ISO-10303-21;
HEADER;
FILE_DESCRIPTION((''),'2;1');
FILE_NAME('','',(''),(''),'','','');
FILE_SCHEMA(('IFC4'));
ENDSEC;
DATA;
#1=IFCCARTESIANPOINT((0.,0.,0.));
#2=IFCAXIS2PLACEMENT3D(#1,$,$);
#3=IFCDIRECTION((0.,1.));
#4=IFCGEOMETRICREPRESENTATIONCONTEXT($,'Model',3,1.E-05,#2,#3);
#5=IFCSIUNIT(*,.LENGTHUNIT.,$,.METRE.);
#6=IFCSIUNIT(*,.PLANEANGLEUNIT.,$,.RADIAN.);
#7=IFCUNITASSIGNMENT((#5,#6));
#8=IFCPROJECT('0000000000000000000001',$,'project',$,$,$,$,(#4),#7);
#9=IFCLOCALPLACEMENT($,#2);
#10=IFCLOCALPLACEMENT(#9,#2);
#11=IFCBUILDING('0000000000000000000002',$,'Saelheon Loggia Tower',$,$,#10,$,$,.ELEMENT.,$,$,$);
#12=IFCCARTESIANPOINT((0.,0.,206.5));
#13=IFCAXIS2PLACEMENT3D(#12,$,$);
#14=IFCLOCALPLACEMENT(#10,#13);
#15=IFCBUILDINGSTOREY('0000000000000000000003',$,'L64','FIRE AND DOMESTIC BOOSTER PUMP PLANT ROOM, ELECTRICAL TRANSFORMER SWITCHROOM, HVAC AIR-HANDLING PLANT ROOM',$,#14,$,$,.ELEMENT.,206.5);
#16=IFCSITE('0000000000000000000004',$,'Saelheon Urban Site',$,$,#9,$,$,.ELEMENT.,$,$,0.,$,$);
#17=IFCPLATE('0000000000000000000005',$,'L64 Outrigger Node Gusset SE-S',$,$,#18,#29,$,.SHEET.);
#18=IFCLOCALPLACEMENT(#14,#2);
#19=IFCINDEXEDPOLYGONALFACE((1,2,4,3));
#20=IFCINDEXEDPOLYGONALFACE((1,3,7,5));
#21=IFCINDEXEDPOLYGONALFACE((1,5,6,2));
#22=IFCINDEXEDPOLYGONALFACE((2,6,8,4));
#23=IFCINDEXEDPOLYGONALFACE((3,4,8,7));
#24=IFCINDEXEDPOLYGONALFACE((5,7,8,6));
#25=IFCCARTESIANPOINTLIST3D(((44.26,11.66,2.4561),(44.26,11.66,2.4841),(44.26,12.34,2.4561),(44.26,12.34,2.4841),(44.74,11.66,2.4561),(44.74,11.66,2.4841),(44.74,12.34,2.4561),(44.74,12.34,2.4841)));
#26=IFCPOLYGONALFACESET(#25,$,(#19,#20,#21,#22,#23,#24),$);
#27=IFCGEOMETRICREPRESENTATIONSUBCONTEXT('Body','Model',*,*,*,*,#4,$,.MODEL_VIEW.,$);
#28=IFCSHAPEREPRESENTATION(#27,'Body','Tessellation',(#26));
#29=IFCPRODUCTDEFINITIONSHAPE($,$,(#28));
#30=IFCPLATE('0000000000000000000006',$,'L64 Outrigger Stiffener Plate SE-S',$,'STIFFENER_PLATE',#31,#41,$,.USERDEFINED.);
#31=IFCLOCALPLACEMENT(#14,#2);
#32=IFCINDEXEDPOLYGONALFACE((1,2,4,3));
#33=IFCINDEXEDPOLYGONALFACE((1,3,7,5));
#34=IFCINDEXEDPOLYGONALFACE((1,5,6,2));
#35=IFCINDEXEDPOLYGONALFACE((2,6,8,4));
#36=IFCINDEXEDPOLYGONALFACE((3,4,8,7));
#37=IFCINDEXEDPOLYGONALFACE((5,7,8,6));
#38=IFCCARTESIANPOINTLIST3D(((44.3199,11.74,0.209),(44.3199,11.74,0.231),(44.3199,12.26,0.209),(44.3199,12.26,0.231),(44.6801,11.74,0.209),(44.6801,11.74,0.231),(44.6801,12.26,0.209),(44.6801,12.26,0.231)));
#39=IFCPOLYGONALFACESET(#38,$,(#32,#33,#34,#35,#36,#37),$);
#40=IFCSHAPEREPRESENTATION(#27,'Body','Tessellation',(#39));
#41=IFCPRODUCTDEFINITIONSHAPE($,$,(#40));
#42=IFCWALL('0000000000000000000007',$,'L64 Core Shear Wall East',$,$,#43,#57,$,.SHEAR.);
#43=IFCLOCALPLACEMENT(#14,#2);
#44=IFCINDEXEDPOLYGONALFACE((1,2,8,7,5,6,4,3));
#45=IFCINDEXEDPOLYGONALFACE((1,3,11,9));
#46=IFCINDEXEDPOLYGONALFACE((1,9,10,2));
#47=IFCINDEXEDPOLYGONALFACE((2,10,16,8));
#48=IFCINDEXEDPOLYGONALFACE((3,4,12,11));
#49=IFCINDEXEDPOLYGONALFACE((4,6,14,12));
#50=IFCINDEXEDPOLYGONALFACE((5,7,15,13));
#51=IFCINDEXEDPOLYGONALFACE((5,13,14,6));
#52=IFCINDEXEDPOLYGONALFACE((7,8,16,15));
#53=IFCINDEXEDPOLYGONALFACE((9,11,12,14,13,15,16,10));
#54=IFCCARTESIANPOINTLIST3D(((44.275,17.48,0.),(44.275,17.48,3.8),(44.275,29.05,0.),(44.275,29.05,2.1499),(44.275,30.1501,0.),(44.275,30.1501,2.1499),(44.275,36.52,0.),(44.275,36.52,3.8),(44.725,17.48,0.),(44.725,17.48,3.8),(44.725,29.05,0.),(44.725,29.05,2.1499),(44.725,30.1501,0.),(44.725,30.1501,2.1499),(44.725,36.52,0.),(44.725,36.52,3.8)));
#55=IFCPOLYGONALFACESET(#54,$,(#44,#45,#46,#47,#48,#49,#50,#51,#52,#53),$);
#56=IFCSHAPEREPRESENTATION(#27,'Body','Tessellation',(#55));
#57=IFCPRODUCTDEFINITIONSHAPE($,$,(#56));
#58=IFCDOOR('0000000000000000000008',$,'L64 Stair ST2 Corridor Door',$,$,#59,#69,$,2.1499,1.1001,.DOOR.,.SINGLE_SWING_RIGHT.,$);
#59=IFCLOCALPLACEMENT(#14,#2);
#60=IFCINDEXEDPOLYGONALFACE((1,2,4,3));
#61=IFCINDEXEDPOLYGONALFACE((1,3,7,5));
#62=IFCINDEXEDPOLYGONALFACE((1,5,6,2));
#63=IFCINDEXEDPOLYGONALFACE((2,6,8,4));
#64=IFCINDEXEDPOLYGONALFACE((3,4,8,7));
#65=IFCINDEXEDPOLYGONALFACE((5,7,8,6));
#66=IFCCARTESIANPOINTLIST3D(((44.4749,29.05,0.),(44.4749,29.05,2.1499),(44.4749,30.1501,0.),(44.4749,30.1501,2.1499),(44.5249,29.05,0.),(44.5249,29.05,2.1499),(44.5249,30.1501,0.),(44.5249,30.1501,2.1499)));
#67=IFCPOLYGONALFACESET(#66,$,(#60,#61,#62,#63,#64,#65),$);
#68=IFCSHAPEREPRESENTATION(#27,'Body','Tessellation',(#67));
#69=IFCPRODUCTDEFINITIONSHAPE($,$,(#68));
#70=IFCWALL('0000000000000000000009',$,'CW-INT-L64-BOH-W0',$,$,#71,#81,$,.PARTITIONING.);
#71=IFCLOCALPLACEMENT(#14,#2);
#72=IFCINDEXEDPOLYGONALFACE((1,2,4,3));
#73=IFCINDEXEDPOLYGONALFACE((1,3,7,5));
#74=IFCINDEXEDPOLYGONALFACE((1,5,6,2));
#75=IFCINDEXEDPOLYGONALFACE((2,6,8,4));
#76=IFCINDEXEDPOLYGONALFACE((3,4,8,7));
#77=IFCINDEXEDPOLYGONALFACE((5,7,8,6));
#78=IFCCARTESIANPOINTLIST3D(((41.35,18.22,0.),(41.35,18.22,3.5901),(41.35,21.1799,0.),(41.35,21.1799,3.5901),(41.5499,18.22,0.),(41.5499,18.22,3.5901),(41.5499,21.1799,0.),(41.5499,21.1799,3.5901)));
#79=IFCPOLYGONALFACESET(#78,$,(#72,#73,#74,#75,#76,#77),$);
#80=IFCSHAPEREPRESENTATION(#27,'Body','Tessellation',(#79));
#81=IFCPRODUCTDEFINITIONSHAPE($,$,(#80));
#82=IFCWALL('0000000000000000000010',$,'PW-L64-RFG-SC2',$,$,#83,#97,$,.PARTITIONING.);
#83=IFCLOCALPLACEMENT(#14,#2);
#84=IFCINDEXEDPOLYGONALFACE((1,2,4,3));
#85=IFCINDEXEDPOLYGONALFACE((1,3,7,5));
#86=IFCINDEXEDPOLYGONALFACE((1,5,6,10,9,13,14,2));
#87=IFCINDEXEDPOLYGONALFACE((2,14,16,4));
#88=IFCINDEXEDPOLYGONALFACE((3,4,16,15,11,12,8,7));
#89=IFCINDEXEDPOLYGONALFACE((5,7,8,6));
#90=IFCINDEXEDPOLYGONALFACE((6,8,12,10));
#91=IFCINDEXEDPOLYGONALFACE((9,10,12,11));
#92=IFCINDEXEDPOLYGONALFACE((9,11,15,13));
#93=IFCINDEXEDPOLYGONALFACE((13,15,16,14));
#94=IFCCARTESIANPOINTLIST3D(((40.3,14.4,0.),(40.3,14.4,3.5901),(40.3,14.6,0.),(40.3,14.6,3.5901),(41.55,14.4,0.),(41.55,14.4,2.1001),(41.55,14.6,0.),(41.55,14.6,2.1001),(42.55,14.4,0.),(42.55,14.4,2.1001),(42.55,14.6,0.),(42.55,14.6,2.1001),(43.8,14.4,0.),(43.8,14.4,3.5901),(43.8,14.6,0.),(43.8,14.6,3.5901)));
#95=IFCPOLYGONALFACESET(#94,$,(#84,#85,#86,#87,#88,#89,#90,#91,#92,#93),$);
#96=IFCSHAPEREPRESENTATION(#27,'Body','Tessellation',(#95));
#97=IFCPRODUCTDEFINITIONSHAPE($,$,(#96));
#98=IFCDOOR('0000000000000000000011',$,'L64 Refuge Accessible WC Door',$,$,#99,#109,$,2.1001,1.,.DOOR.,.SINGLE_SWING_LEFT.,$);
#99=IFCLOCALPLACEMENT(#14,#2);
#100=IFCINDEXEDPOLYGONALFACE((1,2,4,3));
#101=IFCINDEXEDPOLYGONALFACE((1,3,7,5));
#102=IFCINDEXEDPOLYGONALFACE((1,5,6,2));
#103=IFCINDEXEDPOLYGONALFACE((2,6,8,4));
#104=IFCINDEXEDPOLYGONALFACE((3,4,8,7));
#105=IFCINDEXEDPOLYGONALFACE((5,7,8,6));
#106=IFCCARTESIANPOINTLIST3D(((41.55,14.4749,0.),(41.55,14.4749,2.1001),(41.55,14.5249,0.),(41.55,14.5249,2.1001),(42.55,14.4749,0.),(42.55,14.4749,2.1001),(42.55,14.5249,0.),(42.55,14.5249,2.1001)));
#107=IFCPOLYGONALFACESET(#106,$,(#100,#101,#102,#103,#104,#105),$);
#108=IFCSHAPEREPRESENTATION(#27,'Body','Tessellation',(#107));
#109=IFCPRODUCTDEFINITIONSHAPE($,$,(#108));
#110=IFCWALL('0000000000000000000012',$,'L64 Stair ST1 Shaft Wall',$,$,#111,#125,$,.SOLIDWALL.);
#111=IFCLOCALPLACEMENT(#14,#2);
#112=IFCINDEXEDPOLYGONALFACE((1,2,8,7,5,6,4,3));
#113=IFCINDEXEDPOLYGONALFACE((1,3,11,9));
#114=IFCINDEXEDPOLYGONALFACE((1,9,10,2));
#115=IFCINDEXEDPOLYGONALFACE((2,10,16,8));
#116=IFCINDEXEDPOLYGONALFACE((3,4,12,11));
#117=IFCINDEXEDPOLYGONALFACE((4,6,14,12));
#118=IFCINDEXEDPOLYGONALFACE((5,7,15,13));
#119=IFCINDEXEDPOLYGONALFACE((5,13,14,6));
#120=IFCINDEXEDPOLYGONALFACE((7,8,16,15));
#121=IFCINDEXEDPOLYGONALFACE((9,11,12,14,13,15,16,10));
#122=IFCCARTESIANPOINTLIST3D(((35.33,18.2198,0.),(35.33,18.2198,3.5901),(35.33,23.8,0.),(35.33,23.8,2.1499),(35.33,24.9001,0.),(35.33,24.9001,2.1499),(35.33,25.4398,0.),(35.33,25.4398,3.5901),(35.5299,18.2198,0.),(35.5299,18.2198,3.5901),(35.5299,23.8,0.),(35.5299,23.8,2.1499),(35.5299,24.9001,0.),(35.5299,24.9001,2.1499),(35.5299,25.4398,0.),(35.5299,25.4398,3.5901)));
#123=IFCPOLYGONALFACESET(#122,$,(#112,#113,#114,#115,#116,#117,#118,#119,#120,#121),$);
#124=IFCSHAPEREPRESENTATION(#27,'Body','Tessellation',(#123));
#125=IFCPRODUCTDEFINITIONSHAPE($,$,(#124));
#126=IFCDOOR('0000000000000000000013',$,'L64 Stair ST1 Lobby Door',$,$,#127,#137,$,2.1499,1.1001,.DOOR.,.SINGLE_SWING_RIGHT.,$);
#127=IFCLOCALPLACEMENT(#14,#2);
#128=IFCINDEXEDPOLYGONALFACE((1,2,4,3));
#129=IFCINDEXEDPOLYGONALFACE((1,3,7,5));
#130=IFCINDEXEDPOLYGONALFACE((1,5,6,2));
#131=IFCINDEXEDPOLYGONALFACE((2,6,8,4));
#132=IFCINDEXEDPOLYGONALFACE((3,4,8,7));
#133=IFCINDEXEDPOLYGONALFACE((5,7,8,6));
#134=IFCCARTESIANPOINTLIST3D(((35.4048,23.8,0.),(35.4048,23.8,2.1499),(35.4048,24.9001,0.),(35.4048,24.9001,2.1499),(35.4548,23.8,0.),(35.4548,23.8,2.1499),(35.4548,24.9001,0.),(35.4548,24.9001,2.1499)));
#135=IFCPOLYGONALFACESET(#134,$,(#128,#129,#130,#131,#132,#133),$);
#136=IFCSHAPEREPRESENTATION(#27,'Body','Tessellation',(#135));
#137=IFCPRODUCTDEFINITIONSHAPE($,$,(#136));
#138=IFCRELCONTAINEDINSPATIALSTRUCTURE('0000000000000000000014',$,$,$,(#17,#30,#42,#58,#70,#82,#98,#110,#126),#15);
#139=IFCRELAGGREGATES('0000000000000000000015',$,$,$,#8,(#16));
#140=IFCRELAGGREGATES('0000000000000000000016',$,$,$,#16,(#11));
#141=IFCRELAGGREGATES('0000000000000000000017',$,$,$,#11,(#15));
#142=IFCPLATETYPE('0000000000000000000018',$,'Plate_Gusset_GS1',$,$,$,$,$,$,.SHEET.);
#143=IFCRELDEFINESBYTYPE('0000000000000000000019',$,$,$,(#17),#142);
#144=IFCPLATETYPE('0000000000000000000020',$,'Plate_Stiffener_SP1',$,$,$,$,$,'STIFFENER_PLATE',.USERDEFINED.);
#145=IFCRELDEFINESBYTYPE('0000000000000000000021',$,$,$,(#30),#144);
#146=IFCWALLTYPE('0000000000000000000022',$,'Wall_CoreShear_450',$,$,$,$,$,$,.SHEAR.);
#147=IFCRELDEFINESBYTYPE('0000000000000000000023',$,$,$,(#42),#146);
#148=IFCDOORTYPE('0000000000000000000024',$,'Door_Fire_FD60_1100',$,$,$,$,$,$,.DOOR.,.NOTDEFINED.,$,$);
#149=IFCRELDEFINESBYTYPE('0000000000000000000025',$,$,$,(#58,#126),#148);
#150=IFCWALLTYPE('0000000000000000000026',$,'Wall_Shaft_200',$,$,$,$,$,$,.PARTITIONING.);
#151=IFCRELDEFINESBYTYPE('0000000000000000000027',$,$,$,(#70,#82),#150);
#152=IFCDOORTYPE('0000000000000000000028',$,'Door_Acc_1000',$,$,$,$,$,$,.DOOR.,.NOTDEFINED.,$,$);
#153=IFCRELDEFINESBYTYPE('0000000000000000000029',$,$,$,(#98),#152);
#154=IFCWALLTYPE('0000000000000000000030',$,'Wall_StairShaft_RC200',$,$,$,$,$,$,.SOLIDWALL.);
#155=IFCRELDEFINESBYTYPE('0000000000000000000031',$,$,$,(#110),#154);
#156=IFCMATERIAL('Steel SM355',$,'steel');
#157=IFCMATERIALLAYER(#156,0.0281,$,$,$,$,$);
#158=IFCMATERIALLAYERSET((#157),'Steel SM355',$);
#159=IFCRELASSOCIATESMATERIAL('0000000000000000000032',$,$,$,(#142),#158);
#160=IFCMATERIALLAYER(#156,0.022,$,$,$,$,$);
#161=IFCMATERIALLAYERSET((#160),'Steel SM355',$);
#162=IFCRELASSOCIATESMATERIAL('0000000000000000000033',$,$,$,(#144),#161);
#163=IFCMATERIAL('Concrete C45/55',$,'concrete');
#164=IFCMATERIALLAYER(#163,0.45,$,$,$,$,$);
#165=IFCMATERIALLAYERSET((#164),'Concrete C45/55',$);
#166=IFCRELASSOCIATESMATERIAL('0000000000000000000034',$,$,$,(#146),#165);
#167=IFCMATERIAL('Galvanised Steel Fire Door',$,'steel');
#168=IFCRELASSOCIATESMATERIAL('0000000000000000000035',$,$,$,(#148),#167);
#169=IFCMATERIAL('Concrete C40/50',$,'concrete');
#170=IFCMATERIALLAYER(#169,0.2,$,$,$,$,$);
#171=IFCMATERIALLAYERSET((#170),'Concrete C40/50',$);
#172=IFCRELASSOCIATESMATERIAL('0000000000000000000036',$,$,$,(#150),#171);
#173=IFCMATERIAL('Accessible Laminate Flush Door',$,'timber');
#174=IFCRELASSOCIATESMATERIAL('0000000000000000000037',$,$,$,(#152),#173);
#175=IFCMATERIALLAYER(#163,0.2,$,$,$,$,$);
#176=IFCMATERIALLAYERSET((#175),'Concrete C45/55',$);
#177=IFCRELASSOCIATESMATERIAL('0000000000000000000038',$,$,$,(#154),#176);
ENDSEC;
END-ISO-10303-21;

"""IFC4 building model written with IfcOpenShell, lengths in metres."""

from ifc_helpers import new_model, si_unit, direction, frame, frame_2d, origin, origin_2d, place, context, subcontext, project, spatial, rectangle, extrude, source, transform, mapped, material, layer, layer_set, type_object, element, fill, save


model = new_model("IFC4")

# Units and contexts
model_context = context("Model", 3, precision=1e-05, world=origin(), true_north=direction((0.0, 1.0)))
body_context = subcontext(model_context, "Body", "Model", "MODEL_VIEW")
ifc_project = project(units=[si_unit("LENGTHUNIT", "METRE"), si_unit("PLANEANGLEUNIT", "RADIAN")], contexts=[model_context])

# Site, building, storey
site_placement = place(None, origin())
site = spatial("IfcSite", under=ifc_project, at=site_placement, Name="Saelheon Urban Site", CompositionType="ELEMENT", RefElevation=0.0)
building_placement = place(site_placement, origin())
building = spatial("IfcBuilding", under=site, at=building_placement, Name="Saelheon Loggia Tower", CompositionType="ELEMENT")
storey_placement = place(building_placement, frame((0.0, 0.0, 206.5)))
storey = spatial("IfcBuildingStorey", under=building, at=storey_placement, Name="L64", Description="FIRE AND DOMESTIC BOOSTER PUMP PLANT ROOM, ELECTRICAL TRANSFORMER SWITCHROOM, HVAC AIR-HANDLING PLANT ROOM", CompositionType="ELEMENT", Elevation=206.5)

# Plates
ifc_material_1 = material(Name="Steel SM355", Category="steel")
ifc_layer_1 = layer(ifc_material_1, 0.0281)
ifc_layer_set_1 = layer_set([ifc_layer_1], Name="Steel SM355")
plate_type_1 = type_object("IfcPlateType", Name="Plate_Gusset_GS1", PredefinedType="SHEET", material=ifc_layer_set_1)
shared_shape_1 = source(origin(), body_context, "Body", "SweptSolid", [
    extrude(rectangle(XDim=0.6799, YDim=0.48, at=origin_2d()), origin(), (0.0, 0.0, 1.0), 0.0281),
])
plate_1_placement = place(storey_placement, frame((44.5, 12.0, 2.4561), z_axis=(0.0, 0.0, 1.0), x_axis=(0.0, 1.0, 0.0)))
element("IfcPlate", 1, at=plate_1_placement, inside=storey, type_object=plate_type_1, Name="L64 Outrigger Node Gusset SE-S", PredefinedType="SHEET", context=body_context, shape_type="MappedRepresentation", body=[
    mapped(shared_shape_1, transform((0.0, 0.0, 0.0), scale=1.0)),
])
ifc_layer_2 = layer(ifc_material_1, 0.022)
ifc_layer_set_2 = layer_set([ifc_layer_2], Name="Steel SM355")
plate_type_2 = type_object("IfcPlateType", Name="Plate_Stiffener_SP1", ElementType="STIFFENER_PLATE", PredefinedType="USERDEFINED", material=ifc_layer_set_2)
shared_shape_2 = source(origin(), body_context, "Body", "SweptSolid", [
    extrude(rectangle(XDim=0.52, YDim=0.3601, at=origin_2d()), origin(), (0.0, 0.0, 1.0), 0.022),
])
plate_2_placement = place(storey_placement, frame((44.5, 12.0, 0.209), z_axis=(0.0, 0.0, 1.0), x_axis=(0.0, 1.0, 0.0)))
element("IfcPlate", 2, at=plate_2_placement, inside=storey, type_object=plate_type_2, Name="L64 Outrigger Stiffener Plate SE-S", ObjectType="STIFFENER_PLATE", PredefinedType="USERDEFINED", context=body_context, shape_type="MappedRepresentation", body=[
    mapped(shared_shape_2, transform((0.0, 0.0, 0.0), scale=1.0)),
])

# Wall, opening, door
ifc_material_2 = material(Name="Concrete C45/55", Category="concrete")
ifc_layer_3 = layer(ifc_material_2, 0.45)
ifc_layer_set_3 = layer_set([ifc_layer_3], Name="Concrete C45/55")
wall_type_1 = type_object("IfcWallType", Name="Wall_CoreShear_450", PredefinedType="SHEAR", material=ifc_layer_set_3)
wall_1_placement = place(storey_placement, frame((44.5, 17.48, 0.0), z_axis=(0.0, 0.0, 1.0), x_axis=(0.0, 1.0, 0.0)))
wall_1 = element("IfcWall", 3, at=wall_1_placement, inside=storey, type_object=wall_type_1, Name="L64 Core Shear Wall East", PredefinedType="SHEAR", context=body_context, shape_type="SweptSolid", body=[
    extrude(rectangle(XDim=19.04, YDim=0.45, at=frame_2d((9.52, 0.0))), origin(), (0.0, 0.0, 1.0), 3.8),
])
opening_1_placement = place(wall_1_placement, frame((12.6702, 0.0, 0.0), z_axis=(0.0, 0.0, 1.0), x_axis=(-1.0, 0.0, 0.0)))
opening_1 = element("IfcOpeningElement", 4, at=opening_1_placement, cuts=wall_1, PredefinedType="OPENING", context=body_context, shape_type="SweptSolid", body=[
    extrude(rectangle(XDim=1.1001, YDim=2.1499, at=frame_2d((0.55, 1.075))), frame((0.0, 0.2371, 0.0), z_axis=(0.0, -1.0, 0.0), x_axis=(1.0, 0.0, 0.0)), (0.0, 0.0, 1.0), 0.4739),
])
ifc_material_3 = material(Name="Galvanised Steel Fire Door", Category="steel")
door_type_1 = type_object("IfcDoorType", Name="Door_Fire_FD60_1100", OperationType="NOTDEFINED", PredefinedType="DOOR", material=ifc_material_3)
shared_shape_3 = source(origin(), body_context, "Body", "SweptSolid", [
    extrude(rectangle(XDim=1.1001, YDim=2.1499, at=frame_2d((0.55, 1.075))), frame((0.0, 0.0249, 0.0), z_axis=(0.0, -1.0, 0.0), x_axis=(1.0, 0.0, 0.0)), (0.0, 0.0, 1.0), 0.05),
])
door_1_placement = place(opening_1_placement, origin())
door_1 = element("IfcDoor", 5, at=door_1_placement, inside=storey, type_object=door_type_1, Name="L64 Stair ST2 Corridor Door", OperationType="SINGLE_SWING_RIGHT", OverallHeight=2.1499, OverallWidth=1.1001, PredefinedType="DOOR", context=body_context, shape_type="MappedRepresentation", body=[
    mapped(shared_shape_3, transform((0.0, 0.0, 0.0), scale=1.0)),
])
fill(opening_1, door_1)

# Wall
ifc_material_4 = material(Name="Concrete C40/50", Category="concrete")
ifc_layer_4 = layer(ifc_material_4, 0.2)
ifc_layer_set_4 = layer_set([ifc_layer_4], Name="Concrete C40/50")
wall_type_2 = type_object("IfcWallType", Name="Wall_Shaft_200", PredefinedType="PARTITIONING", material=ifc_layer_set_4)
wall_2_placement = place(storey_placement, frame((41.45, 18.22, 0.0), z_axis=(0.0, 0.0, 1.0), x_axis=(0.0, 1.0, 0.0)))
element("IfcWall", 6, at=wall_2_placement, inside=storey, type_object=wall_type_2, Name="CW-INT-L64-BOH-W0", PredefinedType="PARTITIONING", context=body_context, shape_type="SweptSolid", body=[
    extrude(rectangle(XDim=2.96, YDim=0.2, at=frame_2d((1.48, 0.0))), origin(), (0.0, 0.0, 1.0), 3.5901),
])

# Walls, openings, doors
wall_3_placement = place(storey_placement, frame((40.3, 14.5, 0.0), z_axis=(0.0, 0.0, 1.0), x_axis=(1.0, 0.0, 0.0)))
wall_3 = element("IfcWall", 7, at=wall_3_placement, inside=storey, type_object=wall_type_2, Name="PW-L64-RFG-SC2", PredefinedType="PARTITIONING", context=body_context, shape_type="SweptSolid", body=[
    extrude(rectangle(XDim=3.5, YDim=0.2, at=frame_2d((1.75, 0.0))), origin(), (0.0, 0.0, 1.0), 3.5901),
])
opening_2_placement = place(wall_3_placement, frame((1.25, 0.0, 0.0)))
opening_2 = element("IfcOpeningElement", 8, at=opening_2_placement, cuts=wall_3, PredefinedType="OPENING", context=body_context, shape_type="SweptSolid", body=[
    extrude(rectangle(XDim=1.0, YDim=2.1001, at=frame_2d((0.5, 1.05))), frame((0.0, 0.1121, 0.0), z_axis=(0.0, -1.0, 0.0), x_axis=(1.0, 0.0, 0.0)), (0.0, 0.0, 1.0), 0.2239),
])
ifc_material_5 = material(Name="Accessible Laminate Flush Door", Category="timber")
door_type_2 = type_object("IfcDoorType", Name="Door_Acc_1000", OperationType="NOTDEFINED", PredefinedType="DOOR", material=ifc_material_5)
shared_shape_4 = source(origin(), body_context, "Body", "SweptSolid", [
    extrude(rectangle(XDim=1.0, YDim=2.1001, at=frame_2d((0.5, 1.05))), frame((0.0, 0.0249, 0.0), z_axis=(0.0, -1.0, 0.0), x_axis=(1.0, 0.0, 0.0)), (0.0, 0.0, 1.0), 0.05),
])
door_2_placement = place(opening_2_placement, origin())
door_2 = element("IfcDoor", 9, at=door_2_placement, inside=storey, type_object=door_type_2, Name="L64 Refuge Accessible WC Door", OperationType="SINGLE_SWING_LEFT", OverallHeight=2.1001, OverallWidth=1.0, PredefinedType="DOOR", context=body_context, shape_type="MappedRepresentation", body=[
    mapped(shared_shape_4, transform((0.0, 0.0, 0.0), scale=1.0)),
])
fill(opening_2, door_2)
ifc_layer_5 = layer(ifc_material_2, 0.2)
ifc_layer_set_5 = layer_set([ifc_layer_5], Name="Concrete C45/55")
wall_type_3 = type_object("IfcWallType", Name="Wall_StairShaft_RC200", PredefinedType="SOLIDWALL", material=ifc_layer_set_5)
wall_4_placement = place(storey_placement, frame((35.4299, 18.22, 0.0), z_axis=(0.0, 0.0, 1.0), x_axis=(0.0, 1.0, 0.0)))
wall_4 = element("IfcWall", 10, at=wall_4_placement, inside=storey, type_object=wall_type_3, Name="L64 Stair ST1 Shaft Wall", PredefinedType="SOLIDWALL", context=body_context, shape_type="SweptSolid", body=[
    extrude(rectangle(XDim=7.22, YDim=0.2, at=frame_2d((3.6099, 0.0))), origin(), (0.0, 0.0, 1.0), 3.5901),
])
opening_3_placement = place(wall_4_placement, frame((6.6802, 0.0, 0.0), z_axis=(0.0, 0.0, 1.0), x_axis=(-1.0, 0.0, 0.0)))
opening_3 = element("IfcOpeningElement", 11, at=opening_3_placement, cuts=wall_4, PredefinedType="OPENING", context=body_context, shape_type="SweptSolid", body=[
    extrude(rectangle(XDim=1.1001, YDim=2.1499, at=frame_2d((0.55, 1.075))), frame((0.0, 0.1121, 0.0), z_axis=(0.0, -1.0, 0.0), x_axis=(1.0, 0.0, 0.0)), (0.0, 0.0, 1.0), 0.2239),
])
door_3_placement = place(opening_3_placement, origin())
door_3 = element("IfcDoor", 12, at=door_3_placement, inside=storey, type_object=door_type_1, Name="L64 Stair ST1 Lobby Door", OperationType="SINGLE_SWING_RIGHT", OverallHeight=2.1499, OverallWidth=1.1001, PredefinedType="DOOR", context=body_context, shape_type="MappedRepresentation", body=[
    mapped(shared_shape_3, transform((0.0, 0.0, 0.0), scale=1.0)),
])
fill(opening_3, door_3)

save(model, "model.ifc")
